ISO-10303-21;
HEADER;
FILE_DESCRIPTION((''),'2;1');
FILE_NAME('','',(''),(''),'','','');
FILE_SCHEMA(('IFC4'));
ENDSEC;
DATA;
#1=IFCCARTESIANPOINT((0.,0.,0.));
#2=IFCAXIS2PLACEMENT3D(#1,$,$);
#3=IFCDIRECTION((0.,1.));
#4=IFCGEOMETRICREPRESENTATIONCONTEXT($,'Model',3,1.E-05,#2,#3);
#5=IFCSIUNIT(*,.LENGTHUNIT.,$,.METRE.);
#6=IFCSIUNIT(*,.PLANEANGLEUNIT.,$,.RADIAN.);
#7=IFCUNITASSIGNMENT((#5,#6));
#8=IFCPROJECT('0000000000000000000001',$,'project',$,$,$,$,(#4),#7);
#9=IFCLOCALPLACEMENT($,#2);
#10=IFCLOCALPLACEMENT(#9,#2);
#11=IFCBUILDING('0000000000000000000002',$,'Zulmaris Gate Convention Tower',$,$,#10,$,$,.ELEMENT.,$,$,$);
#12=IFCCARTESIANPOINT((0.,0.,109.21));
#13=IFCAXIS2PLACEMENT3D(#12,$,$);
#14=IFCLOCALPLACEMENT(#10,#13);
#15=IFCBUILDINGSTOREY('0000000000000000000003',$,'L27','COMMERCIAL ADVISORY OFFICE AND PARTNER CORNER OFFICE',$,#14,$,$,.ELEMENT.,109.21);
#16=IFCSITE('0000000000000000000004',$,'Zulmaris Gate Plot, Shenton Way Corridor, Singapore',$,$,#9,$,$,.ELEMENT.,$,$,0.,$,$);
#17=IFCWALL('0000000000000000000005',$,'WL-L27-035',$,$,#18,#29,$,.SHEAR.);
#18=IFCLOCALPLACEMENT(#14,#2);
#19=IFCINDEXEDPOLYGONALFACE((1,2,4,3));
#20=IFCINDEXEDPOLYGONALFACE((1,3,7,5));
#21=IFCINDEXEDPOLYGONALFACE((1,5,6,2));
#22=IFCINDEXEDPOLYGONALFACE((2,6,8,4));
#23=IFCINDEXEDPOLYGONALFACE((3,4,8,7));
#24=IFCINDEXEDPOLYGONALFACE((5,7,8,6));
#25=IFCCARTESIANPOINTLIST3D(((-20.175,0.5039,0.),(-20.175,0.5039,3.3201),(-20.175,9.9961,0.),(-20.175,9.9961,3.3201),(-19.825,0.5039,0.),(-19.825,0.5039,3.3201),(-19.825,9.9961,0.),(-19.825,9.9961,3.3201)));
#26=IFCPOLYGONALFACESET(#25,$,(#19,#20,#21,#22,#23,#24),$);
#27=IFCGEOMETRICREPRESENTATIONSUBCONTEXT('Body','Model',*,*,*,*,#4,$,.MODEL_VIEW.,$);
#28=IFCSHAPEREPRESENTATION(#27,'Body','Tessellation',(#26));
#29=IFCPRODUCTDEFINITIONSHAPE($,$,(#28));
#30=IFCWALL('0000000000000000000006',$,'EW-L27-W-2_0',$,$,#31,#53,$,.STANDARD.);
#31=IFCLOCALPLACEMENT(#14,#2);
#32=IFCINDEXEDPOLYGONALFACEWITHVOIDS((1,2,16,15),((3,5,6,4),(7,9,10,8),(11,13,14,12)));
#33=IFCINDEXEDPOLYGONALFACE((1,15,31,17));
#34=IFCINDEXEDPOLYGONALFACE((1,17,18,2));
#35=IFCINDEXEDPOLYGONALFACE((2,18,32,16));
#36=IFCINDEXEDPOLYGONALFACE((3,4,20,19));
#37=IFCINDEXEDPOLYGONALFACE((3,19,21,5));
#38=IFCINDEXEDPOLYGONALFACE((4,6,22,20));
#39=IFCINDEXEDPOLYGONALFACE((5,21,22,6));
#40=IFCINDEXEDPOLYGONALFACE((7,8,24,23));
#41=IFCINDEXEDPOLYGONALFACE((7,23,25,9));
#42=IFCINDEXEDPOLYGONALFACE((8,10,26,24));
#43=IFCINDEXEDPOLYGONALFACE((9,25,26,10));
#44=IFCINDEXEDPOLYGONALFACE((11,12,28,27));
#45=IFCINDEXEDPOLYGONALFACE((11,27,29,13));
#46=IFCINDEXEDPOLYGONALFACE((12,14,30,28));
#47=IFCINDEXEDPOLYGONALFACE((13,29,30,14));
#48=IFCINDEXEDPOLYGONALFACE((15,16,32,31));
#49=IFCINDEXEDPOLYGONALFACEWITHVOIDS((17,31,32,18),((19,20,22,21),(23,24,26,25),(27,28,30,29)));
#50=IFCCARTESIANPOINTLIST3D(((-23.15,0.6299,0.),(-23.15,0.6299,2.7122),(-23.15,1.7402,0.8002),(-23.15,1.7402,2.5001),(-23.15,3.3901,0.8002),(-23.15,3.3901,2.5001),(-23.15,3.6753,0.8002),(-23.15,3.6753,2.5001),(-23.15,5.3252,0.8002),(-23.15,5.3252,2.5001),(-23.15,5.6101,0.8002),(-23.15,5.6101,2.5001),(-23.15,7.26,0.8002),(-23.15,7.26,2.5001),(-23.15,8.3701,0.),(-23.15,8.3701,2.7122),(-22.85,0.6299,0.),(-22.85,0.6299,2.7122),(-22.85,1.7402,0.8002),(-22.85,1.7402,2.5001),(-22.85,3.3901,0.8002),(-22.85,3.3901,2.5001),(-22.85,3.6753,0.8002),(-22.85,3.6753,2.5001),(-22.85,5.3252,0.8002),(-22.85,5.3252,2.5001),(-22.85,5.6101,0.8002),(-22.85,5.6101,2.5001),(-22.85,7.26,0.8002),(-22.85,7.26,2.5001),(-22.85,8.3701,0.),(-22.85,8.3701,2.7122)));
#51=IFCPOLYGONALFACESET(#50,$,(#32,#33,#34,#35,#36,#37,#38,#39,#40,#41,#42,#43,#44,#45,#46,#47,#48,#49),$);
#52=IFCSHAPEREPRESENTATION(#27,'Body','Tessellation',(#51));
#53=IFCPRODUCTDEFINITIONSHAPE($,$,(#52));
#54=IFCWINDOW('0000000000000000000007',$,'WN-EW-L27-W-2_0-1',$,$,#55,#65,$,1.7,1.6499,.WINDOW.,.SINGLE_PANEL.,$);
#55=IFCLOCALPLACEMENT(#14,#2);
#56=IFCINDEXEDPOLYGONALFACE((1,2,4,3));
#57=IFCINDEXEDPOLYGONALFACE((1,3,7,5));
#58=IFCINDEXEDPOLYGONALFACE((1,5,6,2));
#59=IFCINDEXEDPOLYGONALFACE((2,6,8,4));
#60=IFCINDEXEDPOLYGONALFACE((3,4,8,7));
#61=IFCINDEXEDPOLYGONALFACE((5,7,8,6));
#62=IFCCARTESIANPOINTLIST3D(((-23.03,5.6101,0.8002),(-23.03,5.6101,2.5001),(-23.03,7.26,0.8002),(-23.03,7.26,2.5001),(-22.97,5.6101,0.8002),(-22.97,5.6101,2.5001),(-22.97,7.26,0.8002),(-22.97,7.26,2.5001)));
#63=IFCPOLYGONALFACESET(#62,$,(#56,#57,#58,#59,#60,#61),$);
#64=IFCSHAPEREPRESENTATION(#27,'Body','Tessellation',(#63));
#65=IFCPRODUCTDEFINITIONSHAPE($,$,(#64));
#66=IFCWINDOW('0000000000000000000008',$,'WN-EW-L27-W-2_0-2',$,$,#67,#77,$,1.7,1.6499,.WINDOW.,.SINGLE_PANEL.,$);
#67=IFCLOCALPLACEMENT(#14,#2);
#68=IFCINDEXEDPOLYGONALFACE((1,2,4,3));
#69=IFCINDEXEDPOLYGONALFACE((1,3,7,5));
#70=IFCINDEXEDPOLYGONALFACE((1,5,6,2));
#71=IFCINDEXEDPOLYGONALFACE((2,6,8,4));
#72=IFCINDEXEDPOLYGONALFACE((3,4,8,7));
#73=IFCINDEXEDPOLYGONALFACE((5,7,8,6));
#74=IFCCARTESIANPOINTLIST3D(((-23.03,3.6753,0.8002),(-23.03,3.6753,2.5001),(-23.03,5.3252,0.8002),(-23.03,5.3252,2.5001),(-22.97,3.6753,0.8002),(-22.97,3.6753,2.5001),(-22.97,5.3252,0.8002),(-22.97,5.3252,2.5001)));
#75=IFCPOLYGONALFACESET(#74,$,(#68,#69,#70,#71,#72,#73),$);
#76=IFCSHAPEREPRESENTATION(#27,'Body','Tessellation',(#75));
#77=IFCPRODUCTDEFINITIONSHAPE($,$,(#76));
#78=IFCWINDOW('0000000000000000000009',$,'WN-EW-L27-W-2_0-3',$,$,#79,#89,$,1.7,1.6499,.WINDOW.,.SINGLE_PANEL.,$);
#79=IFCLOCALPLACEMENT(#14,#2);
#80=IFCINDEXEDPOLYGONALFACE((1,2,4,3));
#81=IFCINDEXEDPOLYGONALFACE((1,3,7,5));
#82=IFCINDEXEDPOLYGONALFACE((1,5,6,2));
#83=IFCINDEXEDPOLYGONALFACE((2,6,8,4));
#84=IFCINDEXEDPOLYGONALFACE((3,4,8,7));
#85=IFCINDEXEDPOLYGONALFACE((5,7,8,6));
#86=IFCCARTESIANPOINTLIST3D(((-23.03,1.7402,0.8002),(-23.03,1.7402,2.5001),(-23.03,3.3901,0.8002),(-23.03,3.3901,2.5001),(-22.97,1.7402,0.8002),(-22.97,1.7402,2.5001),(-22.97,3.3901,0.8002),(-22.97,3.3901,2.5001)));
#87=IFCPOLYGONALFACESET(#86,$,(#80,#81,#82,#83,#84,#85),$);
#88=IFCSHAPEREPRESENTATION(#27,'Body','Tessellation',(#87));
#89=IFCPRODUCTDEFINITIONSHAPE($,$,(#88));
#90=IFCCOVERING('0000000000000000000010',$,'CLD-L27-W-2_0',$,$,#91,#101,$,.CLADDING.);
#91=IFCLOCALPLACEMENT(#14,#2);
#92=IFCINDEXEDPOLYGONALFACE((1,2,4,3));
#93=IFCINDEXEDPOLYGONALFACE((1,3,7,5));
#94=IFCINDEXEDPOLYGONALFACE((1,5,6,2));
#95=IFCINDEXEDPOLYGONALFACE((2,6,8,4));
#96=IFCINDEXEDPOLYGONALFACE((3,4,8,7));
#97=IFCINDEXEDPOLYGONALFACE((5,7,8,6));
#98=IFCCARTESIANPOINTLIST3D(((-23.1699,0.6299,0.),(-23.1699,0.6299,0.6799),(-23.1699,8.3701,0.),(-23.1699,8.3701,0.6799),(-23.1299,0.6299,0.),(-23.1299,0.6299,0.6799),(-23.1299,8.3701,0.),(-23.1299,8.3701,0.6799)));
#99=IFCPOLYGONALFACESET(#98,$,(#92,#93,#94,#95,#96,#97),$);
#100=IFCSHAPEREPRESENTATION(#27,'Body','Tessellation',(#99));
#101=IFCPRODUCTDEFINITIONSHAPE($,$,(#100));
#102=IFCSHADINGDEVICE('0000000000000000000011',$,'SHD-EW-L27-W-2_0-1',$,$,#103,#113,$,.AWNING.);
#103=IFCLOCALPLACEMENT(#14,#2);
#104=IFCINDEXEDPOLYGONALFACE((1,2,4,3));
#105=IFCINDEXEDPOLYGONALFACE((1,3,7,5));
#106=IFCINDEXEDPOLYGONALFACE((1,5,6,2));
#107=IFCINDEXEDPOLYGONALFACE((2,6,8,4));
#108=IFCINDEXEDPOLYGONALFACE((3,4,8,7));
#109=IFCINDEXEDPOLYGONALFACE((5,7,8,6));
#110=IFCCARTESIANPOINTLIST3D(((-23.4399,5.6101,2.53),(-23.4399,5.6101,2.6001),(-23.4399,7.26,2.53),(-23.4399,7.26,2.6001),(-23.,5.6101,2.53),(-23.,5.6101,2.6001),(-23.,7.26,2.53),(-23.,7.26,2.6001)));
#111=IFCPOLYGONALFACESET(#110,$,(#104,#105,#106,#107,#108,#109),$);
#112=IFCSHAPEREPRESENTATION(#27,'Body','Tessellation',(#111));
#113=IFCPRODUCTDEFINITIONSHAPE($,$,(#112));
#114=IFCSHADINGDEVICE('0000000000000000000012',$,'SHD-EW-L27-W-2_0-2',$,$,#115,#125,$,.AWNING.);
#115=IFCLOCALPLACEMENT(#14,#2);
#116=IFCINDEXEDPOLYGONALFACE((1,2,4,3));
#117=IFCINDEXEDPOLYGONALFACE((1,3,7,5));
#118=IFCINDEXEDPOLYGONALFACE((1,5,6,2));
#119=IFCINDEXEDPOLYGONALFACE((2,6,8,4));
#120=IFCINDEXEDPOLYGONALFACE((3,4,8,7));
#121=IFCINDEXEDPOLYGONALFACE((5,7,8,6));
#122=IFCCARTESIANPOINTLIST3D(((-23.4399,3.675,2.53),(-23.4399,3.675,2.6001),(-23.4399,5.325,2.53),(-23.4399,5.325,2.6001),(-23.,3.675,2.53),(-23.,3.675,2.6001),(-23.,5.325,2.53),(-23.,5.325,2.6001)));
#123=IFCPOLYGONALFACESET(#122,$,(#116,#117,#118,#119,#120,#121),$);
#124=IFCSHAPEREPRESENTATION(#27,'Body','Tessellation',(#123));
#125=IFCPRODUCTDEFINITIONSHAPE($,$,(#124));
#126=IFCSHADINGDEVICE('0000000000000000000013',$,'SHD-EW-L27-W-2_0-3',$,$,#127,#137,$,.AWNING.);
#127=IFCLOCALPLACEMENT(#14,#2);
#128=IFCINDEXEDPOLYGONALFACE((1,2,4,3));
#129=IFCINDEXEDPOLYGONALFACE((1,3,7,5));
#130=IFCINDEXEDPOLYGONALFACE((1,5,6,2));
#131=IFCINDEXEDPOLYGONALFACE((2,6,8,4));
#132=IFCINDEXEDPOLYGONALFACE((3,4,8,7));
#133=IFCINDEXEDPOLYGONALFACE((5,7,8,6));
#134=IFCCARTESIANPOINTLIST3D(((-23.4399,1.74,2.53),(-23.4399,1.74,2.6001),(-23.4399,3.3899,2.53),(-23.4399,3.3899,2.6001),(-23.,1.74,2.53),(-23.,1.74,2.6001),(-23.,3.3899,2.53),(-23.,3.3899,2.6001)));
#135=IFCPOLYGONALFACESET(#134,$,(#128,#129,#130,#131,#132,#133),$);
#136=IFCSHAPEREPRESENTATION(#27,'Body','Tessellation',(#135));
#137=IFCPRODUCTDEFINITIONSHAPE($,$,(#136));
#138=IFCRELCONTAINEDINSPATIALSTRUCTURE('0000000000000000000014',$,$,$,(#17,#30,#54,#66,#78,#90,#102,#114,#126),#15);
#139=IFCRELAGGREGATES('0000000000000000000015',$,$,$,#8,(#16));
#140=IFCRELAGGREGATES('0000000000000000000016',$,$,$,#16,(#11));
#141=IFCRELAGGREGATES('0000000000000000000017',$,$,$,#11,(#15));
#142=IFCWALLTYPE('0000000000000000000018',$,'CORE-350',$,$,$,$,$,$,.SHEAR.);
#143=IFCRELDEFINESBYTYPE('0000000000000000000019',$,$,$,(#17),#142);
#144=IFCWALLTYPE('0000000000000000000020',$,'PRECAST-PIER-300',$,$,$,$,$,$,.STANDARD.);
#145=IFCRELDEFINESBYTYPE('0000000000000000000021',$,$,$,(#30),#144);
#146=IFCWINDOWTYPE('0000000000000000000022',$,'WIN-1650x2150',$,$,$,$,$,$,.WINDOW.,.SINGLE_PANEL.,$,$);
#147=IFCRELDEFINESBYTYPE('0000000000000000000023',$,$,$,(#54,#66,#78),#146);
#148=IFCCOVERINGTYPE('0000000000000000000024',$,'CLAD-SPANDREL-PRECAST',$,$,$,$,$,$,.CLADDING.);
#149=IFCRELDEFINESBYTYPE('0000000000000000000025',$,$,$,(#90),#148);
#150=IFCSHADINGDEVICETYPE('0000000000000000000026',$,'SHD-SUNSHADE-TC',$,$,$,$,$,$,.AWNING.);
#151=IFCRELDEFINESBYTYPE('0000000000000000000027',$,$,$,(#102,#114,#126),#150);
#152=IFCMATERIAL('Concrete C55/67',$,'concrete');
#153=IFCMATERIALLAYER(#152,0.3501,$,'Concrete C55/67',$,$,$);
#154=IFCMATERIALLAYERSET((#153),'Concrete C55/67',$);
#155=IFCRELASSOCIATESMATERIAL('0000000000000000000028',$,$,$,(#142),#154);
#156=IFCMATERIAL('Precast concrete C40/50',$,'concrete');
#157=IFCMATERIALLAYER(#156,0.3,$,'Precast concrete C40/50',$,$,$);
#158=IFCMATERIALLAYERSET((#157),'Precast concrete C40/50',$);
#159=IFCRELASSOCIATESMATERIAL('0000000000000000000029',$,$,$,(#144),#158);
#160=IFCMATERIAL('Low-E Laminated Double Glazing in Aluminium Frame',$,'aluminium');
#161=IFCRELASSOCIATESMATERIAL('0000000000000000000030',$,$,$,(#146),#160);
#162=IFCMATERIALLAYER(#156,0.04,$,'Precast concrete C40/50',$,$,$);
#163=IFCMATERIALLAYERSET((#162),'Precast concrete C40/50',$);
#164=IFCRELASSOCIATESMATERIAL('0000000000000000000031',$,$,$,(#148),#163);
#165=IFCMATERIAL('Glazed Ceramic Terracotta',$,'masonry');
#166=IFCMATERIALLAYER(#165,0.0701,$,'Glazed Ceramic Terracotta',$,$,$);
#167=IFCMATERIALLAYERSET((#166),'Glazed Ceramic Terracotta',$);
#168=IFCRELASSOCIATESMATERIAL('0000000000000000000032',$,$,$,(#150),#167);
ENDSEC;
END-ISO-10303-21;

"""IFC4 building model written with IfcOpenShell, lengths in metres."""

from ifc_helpers import new_model, si_unit, direction, frame, frame_2d, origin, place, context, subcontext, project, spatial, rectangle, extrude, material, layer, layer_set, type_object, element, fill, save


model = new_model("IFC4")

# Units and contexts
model_context = context("Model", 3, precision=1e-05, world=origin(), true_north=direction((0.0, 1.0)))
body_context = subcontext(model_context, "Body", "Model", "MODEL_VIEW")
ifc_project = project(units=[si_unit("LENGTHUNIT", "METRE"), si_unit("PLANEANGLEUNIT", "RADIAN")], contexts=[model_context])

# Site, building, storey
site_placement = place(None, origin())
site = spatial("IfcSite", under=ifc_project, at=site_placement, Name="Zulmaris Gate Plot, Shenton Way Corridor, Singapore", CompositionType="ELEMENT", RefElevation=0.0)
building_placement = place(site_placement, origin())
building = spatial("IfcBuilding", under=site, at=building_placement, Name="Zulmaris Gate Convention Tower", CompositionType="ELEMENT")
storey_placement = place(building_placement, frame((0.0, 0.0, 109.21)))
storey = spatial("IfcBuildingStorey", under=building, at=storey_placement, Name="L27", Description="COMMERCIAL ADVISORY OFFICE AND PARTNER CORNER OFFICE", CompositionType="ELEMENT", Elevation=109.21)

# Wall
ifc_material_1 = material(Name="Concrete C55/67", Category="concrete")
ifc_layer_1 = layer(ifc_material_1, 0.3501, Name="Concrete C55/67")
ifc_layer_set_1 = layer_set([ifc_layer_1], Name="Concrete C55/67")
wall_type_1 = type_object("IfcWallType", Name="CORE-350", PredefinedType="SHEAR", material=ifc_layer_set_1)
wall_1_placement = place(storey_placement, frame((-20.0, 0.5039, 0.0), z_axis=(0.0, 0.0, 1.0), x_axis=(0.0, 1.0, 0.0)))
element("IfcWall", 1, at=wall_1_placement, inside=storey, type_object=wall_type_1, Name="WL-L27-035", PredefinedType="SHEAR", context=body_context, shape_type="SweptSolid", body=[
    extrude(rectangle(XDim=9.4922, YDim=0.3501, at=frame_2d((4.7461, 0.0))), origin(), (0.0, 0.0, 1.0), 3.3201),
])

# Wall, openings, windows
ifc_material_2 = material(Name="Precast concrete C40/50", Category="concrete")
ifc_layer_2 = layer(ifc_material_2, 0.3, Name="Precast concrete C40/50")
ifc_layer_set_2 = layer_set([ifc_layer_2], Name="Precast concrete C40/50")
wall_type_2 = type_object("IfcWallType", Name="PRECAST-PIER-300", PredefinedType="STANDARD", material=ifc_layer_set_2)
wall_2_placement = place(storey_placement, frame((-23.0, 8.3701, 0.0), z_axis=(0.0, 0.0, 1.0), x_axis=(0.0, -1.0, 0.0)))
wall_2 = element("IfcWall", 2, at=wall_2_placement, inside=storey, type_object=wall_type_2, Name="EW-L27-W-2_0", PredefinedType="STANDARD", context=body_context, shape_type="SweptSolid", body=[
    extrude(rectangle(XDim=7.7402, YDim=0.3, at=frame_2d((3.8701, 0.0))), origin(), (0.0, 0.0, 1.0), 2.7122),
])
opening_1_placement = place(wall_2_placement, frame((1.1101, 0.0, 0.8)))
opening_1 = element("IfcOpeningElement", 3, at=opening_1_placement, cuts=wall_2, PredefinedType="OPENING", context=body_context, shape_type="SweptSolid", body=[
    extrude(rectangle(XDim=1.6499, YDim=1.7, at=frame_2d((0.825, 0.8501))), frame((0.0, 0.1602, 0.0), z_axis=(0.0, -1.0, 0.0), x_axis=(1.0, 0.0, 0.0)), (0.0, 0.0, 1.0), 0.3201),
])
opening_2_placement = place(wall_2_placement, frame((3.0449, 0.0, 0.8)))
opening_2 = element("IfcOpeningElement", 4, at=opening_2_placement, cuts=wall_2, PredefinedType="OPENING", context=body_context, shape_type="SweptSolid", body=[
    extrude(rectangle(XDim=1.6499, YDim=1.7, at=frame_2d((0.825, 0.8501))), frame((0.0, 0.1602, 0.0), z_axis=(0.0, -1.0, 0.0), x_axis=(1.0, 0.0, 0.0)), (0.0, 0.0, 1.0), 0.3201),
])
opening_3_placement = place(wall_2_placement, frame((4.98, 0.0, 0.8)))
opening_3 = element("IfcOpeningElement", 5, at=opening_3_placement, cuts=wall_2, PredefinedType="OPENING", context=body_context, shape_type="SweptSolid", body=[
    extrude(rectangle(XDim=1.6499, YDim=1.7, at=frame_2d((0.825, 0.8501))), frame((0.0, 0.1602, 0.0), z_axis=(0.0, -1.0, 0.0), x_axis=(1.0, 0.0, 0.0)), (0.0, 0.0, 1.0), 0.3201),
])
ifc_material_3 = material(Name="Low-E Laminated Double Glazing in Aluminium Frame", Category="aluminium")
window_type = type_object("IfcWindowType", Name="WIN-1650x2150", PartitioningType="SINGLE_PANEL", PredefinedType="WINDOW", material=ifc_material_3)
window_1_placement = place(opening_1_placement, origin())
window_1 = element("IfcWindow", 6, at=window_1_placement, inside=storey, type_object=window_type, Name="WN-EW-L27-W-2_0-1", OverallHeight=1.7, OverallWidth=1.6499, PartitioningType="SINGLE_PANEL", PredefinedType="WINDOW", context=body_context, shape_type="SweptSolid", body=[
    extrude(rectangle(XDim=1.6499, YDim=1.7, at=frame_2d((0.825, 0.8501))), frame((0.0, 0.03, 0.0), z_axis=(0.0, -1.0, 0.0), x_axis=(1.0, 0.0, 0.0)), (0.0, 0.0, 1.0), 0.0601),
])
fill(opening_1, window_1)
window_2_placement = place(opening_2_placement, origin())
window_2 = element("IfcWindow", 7, at=window_2_placement, inside=storey, type_object=window_type, Name="WN-EW-L27-W-2_0-2", OverallHeight=1.7, OverallWidth=1.6499, PartitioningType="SINGLE_PANEL", PredefinedType="WINDOW", context=body_context, shape_type="SweptSolid", body=[
    extrude(rectangle(XDim=1.6499, YDim=1.7, at=frame_2d((0.825, 0.8501))), frame((0.0, 0.03, 0.0), z_axis=(0.0, -1.0, 0.0), x_axis=(1.0, 0.0, 0.0)), (0.0, 0.0, 1.0), 0.0601),
])
fill(opening_2, window_2)
window_3_placement = place(opening_3_placement, origin())
window_3 = element("IfcWindow", 8, at=window_3_placement, inside=storey, type_object=window_type, Name="WN-EW-L27-W-2_0-3", OverallHeight=1.7, OverallWidth=1.6499, PartitioningType="SINGLE_PANEL", PredefinedType="WINDOW", context=body_context, shape_type="SweptSolid", body=[
    extrude(rectangle(XDim=1.6499, YDim=1.7, at=frame_2d((0.825, 0.8501))), frame((0.0, 0.03, 0.0), z_axis=(0.0, -1.0, 0.0), x_axis=(1.0, 0.0, 0.0)), (0.0, 0.0, 1.0), 0.0601),
])
fill(opening_3, window_3)

# Covering
ifc_layer_3 = layer(ifc_material_2, 0.04, Name="Precast concrete C40/50")
ifc_layer_set_3 = layer_set([ifc_layer_3], Name="Precast concrete C40/50")
covering_type = type_object("IfcCoveringType", Name="CLAD-SPANDREL-PRECAST", PredefinedType="CLADDING", material=ifc_layer_set_3)
covering_placement = place(storey_placement, frame((-23.1499, 8.3701, 0.0), z_axis=(0.0, 0.0, 1.0), x_axis=(0.0, -1.0, 0.0)))
element("IfcCovering", 9, at=covering_placement, inside=storey, type_object=covering_type, Name="CLD-L27-W-2_0", PredefinedType="CLADDING", context=body_context, shape_type="SweptSolid", body=[
    extrude(rectangle(XDim=7.7402, YDim=0.04, at=frame_2d((3.8701, 0.0))), origin(), (0.0, 0.0, 1.0), 0.6799),
])

# Shading devices
ifc_material_4 = material(Name="Glazed Ceramic Terracotta", Category="masonry")
ifc_layer_4 = layer(ifc_material_4, 0.0701, Name="Glazed Ceramic Terracotta")
ifc_layer_set_4 = layer_set([ifc_layer_4], Name="Glazed Ceramic Terracotta")
shading_device_type = type_object("IfcShadingDeviceType", Name="SHD-SUNSHADE-TC", PredefinedType="AWNING", material=ifc_layer_set_4)
for number, where, z_axis, x_axis, name in (
    (10, (-23.22, 7.26, 2.53), (0.0, 0.0, 1.0), (0.0, -1.0, 0.0), "SHD-EW-L27-W-2_0-1"),
    (11, (-23.22, 5.325, 2.53), (0.0, 0.0, 1.0), (0.0, -1.0, 0.0), "SHD-EW-L27-W-2_0-2"),
    (12, (-23.22, 3.3899, 2.53), (0.0, 0.0, 1.0), (0.0, -1.0, 0.0), "SHD-EW-L27-W-2_0-3"),
):
    element("IfcShadingDevice", number, at=place(storey_placement, frame(where, z_axis=z_axis, x_axis=x_axis)), inside=storey, type_object=shading_device_type, Name=name, PredefinedType="AWNING", context=body_context, shape_type="SweptSolid", body=[
        extrude(rectangle(XDim=1.6499, YDim=0.4399, at=frame_2d((0.825, 0.0))), origin(), (0.0, 0.0, 1.0), 0.0701),
    ])

save(model, "model.ifc")
